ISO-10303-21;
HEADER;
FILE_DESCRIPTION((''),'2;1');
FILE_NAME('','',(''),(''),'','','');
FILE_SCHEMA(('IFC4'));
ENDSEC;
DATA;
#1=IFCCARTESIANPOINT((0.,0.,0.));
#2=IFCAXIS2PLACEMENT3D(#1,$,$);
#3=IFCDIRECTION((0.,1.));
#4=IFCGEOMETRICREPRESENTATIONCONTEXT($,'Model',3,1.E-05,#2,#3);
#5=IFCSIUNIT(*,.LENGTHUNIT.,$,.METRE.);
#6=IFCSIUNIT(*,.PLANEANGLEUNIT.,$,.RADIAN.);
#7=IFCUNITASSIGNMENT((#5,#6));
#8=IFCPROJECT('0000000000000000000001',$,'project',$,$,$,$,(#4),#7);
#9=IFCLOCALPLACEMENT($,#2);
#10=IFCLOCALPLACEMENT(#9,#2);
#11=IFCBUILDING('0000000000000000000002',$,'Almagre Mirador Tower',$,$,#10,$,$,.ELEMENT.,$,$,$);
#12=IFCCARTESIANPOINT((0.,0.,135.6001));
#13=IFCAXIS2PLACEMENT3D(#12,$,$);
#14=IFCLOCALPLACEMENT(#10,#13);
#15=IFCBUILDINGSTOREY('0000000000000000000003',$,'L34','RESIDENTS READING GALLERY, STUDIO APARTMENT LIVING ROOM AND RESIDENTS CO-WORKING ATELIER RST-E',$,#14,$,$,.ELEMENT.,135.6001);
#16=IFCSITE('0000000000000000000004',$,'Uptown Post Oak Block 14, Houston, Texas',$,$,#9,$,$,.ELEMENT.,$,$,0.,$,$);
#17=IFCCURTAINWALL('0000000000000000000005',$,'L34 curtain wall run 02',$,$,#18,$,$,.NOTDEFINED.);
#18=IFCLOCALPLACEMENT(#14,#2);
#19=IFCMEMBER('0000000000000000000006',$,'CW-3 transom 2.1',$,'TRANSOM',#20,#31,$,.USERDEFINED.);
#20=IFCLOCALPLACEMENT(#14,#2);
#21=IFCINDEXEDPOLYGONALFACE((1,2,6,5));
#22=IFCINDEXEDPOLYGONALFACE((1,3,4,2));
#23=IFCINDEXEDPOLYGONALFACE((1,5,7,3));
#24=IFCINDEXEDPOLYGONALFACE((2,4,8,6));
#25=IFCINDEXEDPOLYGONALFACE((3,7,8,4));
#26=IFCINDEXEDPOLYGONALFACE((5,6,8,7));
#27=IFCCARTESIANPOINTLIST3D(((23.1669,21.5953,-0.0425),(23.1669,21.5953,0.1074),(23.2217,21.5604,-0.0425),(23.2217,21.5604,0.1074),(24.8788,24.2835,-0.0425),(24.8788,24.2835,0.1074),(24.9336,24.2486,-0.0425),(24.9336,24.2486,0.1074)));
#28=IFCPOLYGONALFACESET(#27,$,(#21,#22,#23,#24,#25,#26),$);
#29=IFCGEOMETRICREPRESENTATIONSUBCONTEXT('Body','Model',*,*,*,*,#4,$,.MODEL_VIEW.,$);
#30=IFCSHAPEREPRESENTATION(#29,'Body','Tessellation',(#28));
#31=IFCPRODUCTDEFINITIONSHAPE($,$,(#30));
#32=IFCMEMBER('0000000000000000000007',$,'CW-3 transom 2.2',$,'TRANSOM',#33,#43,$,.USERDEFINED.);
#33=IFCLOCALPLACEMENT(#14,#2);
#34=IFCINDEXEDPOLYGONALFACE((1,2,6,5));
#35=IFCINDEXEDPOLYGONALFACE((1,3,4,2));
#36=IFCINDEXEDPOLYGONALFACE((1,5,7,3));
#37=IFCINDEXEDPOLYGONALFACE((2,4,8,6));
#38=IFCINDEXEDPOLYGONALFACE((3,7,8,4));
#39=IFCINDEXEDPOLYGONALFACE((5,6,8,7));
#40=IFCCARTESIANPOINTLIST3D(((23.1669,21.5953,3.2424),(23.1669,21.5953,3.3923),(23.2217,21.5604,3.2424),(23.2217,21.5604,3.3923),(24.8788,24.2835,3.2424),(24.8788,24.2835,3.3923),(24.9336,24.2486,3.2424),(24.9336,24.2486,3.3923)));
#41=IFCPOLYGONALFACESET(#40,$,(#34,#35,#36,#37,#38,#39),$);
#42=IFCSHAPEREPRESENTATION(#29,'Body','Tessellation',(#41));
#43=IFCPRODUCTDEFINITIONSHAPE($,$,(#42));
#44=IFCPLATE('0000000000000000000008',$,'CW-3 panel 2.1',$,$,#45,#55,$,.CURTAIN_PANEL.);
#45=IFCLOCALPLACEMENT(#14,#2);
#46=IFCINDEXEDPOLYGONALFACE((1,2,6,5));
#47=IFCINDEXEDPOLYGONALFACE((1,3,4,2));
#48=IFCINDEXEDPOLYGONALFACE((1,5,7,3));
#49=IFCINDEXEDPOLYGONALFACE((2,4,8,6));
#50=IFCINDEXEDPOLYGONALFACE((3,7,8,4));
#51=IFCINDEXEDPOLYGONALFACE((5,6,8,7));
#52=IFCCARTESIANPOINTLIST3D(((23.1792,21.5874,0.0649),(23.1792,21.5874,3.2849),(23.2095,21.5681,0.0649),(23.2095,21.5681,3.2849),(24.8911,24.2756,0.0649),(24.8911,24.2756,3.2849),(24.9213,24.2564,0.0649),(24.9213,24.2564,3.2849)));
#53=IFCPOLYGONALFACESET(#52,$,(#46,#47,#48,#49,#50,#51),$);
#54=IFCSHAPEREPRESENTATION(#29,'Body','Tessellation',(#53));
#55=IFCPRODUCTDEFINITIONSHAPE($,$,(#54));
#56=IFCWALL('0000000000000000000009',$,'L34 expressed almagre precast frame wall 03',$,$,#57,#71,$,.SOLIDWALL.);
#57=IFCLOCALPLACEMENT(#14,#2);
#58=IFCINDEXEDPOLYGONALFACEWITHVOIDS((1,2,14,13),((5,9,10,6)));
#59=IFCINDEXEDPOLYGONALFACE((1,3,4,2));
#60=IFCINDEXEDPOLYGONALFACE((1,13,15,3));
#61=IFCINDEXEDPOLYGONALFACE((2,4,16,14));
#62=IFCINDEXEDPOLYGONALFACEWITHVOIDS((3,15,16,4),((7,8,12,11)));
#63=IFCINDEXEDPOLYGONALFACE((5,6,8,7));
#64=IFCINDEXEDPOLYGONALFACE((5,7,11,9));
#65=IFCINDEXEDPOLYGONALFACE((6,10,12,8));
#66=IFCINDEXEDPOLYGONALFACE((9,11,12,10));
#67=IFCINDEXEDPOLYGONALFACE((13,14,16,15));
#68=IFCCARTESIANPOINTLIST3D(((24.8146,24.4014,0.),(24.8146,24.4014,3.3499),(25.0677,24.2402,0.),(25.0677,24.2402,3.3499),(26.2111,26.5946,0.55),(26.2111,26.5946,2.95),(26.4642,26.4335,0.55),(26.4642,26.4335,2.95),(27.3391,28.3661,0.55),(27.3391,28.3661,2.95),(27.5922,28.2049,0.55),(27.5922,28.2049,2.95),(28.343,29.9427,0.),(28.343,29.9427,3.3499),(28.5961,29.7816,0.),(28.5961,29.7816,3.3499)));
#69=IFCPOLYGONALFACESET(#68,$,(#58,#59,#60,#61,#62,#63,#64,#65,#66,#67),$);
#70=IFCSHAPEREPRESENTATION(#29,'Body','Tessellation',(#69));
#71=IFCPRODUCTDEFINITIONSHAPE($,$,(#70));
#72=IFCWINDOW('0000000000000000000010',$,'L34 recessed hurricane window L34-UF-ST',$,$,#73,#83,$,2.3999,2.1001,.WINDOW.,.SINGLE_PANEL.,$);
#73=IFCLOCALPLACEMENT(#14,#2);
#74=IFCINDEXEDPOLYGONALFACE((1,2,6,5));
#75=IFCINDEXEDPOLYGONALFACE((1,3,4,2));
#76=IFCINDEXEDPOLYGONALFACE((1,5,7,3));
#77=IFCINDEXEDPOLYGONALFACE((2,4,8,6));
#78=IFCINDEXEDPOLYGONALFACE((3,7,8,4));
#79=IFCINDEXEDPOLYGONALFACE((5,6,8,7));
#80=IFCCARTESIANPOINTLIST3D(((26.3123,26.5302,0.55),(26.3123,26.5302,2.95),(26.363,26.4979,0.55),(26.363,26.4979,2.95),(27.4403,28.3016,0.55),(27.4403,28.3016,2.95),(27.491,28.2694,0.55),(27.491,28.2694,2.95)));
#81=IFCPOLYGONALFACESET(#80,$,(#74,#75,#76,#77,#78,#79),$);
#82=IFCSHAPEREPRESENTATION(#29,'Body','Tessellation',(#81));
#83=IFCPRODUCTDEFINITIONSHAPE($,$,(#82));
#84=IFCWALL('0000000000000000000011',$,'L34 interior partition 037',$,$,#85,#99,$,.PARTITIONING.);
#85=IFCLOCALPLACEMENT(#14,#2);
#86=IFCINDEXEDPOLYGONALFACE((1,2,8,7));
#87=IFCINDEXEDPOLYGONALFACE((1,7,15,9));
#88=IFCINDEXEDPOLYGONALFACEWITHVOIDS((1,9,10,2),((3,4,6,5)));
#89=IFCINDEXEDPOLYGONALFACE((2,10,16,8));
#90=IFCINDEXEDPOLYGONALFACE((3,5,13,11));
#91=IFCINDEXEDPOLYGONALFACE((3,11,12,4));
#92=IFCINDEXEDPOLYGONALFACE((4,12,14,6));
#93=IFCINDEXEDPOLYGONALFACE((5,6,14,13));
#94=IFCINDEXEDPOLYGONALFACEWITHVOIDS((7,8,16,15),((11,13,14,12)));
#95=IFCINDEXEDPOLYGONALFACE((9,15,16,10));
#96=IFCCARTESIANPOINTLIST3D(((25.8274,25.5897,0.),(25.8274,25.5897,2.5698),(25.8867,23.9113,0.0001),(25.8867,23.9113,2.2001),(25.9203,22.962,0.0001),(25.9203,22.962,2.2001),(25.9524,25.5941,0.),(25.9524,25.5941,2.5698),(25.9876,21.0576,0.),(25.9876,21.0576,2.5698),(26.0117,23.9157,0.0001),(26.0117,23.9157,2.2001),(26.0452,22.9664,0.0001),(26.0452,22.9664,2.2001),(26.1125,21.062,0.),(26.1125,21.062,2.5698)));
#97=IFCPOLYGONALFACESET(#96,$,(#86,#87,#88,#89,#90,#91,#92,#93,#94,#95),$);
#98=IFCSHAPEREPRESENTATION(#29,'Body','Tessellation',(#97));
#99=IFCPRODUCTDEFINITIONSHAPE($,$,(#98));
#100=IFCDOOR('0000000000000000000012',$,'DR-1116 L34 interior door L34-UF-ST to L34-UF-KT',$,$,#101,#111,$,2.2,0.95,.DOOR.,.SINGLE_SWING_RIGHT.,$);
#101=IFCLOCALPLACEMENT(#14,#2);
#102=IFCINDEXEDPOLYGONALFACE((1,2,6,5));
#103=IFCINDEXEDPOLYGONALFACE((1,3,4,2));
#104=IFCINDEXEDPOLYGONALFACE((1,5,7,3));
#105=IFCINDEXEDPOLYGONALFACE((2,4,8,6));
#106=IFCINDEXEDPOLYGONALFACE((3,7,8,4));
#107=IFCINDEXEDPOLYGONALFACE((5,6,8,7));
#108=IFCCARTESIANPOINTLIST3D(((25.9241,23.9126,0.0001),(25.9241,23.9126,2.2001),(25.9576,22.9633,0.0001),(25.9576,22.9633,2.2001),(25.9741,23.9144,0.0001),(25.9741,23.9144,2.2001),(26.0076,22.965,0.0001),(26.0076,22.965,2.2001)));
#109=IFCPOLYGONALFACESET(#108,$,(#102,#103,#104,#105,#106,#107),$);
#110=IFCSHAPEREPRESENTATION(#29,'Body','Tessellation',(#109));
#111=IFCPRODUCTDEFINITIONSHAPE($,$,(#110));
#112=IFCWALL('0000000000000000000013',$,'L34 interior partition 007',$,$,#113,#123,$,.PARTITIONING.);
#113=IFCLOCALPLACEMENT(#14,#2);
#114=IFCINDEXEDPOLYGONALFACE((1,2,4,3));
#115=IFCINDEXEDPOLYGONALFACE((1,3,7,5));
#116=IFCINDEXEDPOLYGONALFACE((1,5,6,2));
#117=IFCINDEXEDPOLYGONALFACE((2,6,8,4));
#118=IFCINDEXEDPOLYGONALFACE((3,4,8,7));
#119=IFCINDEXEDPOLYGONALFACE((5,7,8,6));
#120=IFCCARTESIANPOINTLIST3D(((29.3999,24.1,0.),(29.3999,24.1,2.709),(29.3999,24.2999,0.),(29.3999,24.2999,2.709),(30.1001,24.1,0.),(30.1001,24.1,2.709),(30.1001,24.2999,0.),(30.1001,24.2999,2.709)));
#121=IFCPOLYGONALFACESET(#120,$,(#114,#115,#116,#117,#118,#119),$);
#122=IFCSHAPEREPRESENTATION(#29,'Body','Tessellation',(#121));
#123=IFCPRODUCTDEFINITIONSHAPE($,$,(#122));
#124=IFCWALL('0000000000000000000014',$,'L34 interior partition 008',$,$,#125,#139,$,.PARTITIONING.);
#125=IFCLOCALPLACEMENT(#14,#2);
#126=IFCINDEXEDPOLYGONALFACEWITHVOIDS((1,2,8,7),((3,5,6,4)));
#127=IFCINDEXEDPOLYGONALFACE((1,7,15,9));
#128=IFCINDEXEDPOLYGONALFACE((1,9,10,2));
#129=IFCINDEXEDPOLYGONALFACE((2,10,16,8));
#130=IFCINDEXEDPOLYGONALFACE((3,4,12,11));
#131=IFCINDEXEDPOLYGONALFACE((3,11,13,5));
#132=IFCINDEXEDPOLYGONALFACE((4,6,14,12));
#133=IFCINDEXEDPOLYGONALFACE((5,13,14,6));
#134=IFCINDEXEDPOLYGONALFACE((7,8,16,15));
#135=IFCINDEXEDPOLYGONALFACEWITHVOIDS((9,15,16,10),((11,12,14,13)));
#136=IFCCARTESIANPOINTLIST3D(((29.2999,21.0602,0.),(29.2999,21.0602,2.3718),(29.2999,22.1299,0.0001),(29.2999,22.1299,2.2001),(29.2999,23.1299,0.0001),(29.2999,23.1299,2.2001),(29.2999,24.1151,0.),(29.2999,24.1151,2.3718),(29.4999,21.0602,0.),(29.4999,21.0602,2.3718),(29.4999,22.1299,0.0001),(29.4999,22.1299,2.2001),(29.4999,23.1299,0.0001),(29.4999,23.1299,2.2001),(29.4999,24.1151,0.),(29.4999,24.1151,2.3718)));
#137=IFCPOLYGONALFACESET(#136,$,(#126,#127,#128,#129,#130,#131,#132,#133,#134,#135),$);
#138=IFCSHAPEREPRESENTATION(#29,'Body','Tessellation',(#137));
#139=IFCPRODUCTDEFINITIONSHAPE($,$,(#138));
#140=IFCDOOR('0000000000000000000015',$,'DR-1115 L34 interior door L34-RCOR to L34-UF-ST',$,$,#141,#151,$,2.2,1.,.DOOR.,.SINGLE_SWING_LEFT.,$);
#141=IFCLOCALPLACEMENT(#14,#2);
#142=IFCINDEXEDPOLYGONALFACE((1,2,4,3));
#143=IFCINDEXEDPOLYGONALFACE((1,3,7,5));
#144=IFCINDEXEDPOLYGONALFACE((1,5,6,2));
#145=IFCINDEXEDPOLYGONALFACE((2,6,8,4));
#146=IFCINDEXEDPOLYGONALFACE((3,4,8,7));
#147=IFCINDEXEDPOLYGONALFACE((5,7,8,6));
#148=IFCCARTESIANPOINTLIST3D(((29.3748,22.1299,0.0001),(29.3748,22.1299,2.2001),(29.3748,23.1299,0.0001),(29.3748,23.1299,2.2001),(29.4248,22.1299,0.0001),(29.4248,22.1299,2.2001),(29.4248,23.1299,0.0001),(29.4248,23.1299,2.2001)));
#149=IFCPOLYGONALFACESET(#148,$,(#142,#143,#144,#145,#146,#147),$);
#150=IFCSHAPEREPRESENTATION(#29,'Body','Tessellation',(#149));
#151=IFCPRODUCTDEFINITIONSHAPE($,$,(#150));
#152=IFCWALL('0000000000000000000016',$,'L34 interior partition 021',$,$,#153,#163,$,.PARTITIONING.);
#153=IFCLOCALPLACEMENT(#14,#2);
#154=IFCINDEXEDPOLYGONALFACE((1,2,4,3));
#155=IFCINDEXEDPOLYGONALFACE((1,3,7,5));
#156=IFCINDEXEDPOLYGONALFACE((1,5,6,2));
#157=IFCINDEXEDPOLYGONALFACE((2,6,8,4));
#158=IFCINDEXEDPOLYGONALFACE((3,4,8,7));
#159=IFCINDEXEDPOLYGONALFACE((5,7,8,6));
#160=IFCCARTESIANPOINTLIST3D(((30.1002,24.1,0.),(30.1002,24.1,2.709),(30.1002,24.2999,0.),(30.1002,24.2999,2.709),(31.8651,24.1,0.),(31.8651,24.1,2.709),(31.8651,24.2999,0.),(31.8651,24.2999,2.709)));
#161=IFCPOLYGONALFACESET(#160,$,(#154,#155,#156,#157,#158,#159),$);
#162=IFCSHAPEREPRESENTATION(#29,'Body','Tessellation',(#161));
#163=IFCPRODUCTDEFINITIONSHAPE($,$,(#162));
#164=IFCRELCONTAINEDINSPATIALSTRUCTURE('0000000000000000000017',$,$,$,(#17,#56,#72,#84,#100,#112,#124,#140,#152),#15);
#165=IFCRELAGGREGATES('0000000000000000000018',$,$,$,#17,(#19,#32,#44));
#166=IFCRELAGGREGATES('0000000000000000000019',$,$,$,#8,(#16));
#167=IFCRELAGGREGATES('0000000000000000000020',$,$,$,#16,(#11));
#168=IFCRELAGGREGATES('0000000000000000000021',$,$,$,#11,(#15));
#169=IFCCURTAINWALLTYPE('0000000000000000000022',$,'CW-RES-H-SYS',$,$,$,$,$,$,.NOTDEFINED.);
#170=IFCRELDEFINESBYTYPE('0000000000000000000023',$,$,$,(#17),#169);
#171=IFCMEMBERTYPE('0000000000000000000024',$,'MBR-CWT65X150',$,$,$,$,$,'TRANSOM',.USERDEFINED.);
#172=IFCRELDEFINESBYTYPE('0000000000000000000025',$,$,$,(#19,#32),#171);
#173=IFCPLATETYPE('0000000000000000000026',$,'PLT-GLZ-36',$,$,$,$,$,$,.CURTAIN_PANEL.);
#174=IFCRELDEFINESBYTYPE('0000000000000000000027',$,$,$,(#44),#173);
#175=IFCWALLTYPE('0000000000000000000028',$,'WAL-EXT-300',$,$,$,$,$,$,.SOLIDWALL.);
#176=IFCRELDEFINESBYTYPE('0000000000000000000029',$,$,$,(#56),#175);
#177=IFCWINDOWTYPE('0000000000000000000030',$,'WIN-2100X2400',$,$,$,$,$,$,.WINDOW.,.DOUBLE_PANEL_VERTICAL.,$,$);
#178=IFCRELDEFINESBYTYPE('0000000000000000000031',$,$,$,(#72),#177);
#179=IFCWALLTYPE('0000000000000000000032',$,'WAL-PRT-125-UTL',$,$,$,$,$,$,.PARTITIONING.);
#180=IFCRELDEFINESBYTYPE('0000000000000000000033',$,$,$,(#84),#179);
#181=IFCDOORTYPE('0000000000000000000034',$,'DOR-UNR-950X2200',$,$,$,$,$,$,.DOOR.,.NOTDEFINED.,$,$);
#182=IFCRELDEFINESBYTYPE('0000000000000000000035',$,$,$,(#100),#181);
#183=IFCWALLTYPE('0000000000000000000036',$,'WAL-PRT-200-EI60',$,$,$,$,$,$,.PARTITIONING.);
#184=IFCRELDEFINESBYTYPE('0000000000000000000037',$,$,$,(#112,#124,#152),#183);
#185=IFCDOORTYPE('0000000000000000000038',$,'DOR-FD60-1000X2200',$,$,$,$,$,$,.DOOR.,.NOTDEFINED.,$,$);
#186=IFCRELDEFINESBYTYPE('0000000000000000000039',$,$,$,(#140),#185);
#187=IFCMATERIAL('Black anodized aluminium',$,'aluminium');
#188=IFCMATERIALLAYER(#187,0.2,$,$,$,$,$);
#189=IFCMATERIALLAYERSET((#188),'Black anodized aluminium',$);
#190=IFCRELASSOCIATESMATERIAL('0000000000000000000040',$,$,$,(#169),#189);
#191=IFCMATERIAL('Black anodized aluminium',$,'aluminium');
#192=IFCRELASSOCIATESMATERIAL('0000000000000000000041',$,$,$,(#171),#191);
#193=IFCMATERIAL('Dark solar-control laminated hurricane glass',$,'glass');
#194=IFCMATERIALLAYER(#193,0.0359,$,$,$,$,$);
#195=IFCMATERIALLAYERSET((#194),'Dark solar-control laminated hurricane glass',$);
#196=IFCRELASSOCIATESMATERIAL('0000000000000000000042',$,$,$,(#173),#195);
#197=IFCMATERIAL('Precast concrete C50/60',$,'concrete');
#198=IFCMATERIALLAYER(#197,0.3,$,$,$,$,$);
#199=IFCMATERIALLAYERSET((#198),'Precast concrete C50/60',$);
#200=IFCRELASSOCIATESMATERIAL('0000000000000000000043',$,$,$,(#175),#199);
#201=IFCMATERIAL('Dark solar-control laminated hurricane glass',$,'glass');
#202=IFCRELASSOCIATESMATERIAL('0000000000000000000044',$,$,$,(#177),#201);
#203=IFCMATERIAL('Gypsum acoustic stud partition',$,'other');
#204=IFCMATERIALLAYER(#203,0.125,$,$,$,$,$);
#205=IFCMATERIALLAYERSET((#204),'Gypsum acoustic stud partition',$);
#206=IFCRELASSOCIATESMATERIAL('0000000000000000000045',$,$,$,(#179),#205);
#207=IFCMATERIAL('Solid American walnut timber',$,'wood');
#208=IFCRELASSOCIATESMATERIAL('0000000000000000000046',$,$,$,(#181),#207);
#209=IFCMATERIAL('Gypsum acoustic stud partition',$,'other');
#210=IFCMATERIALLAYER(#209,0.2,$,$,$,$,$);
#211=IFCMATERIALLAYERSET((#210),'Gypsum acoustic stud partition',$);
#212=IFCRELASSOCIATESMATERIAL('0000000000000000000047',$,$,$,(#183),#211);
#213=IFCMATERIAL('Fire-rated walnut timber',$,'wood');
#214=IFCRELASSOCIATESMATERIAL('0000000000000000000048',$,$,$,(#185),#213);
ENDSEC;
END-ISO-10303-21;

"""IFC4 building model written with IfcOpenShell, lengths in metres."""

from ifc_helpers import new_model, si_unit, direction, frame, frame_2d, origin, origin_2d, place, context, subcontext, project, spatial, rectangle, extrude, material, layer, layer_set, material_profile, profile_set, type_object, element, fill, aggregate, save


model = new_model("IFC4")

# Units and contexts
model_context = context("Model", 3, precision=1e-05, world=origin(), true_north=direction((0.0, 1.0)))
body_context = subcontext(model_context, "Body", "Model", "MODEL_VIEW")
ifc_project = project(units=[si_unit("LENGTHUNIT", "METRE"), si_unit("PLANEANGLEUNIT", "RADIAN")], contexts=[model_context])

# Site, building, storey
site_placement = place(None, origin())
site = spatial("IfcSite", under=ifc_project, at=site_placement, Name="Uptown Post Oak Block 14, Houston, Texas", CompositionType="ELEMENT", RefElevation=0.0)
building_placement = place(site_placement, origin())
building = spatial("IfcBuilding", under=site, at=building_placement, Name="Almagre Mirador Tower", CompositionType="ELEMENT")
storey_placement = place(building_placement, frame((0.0, 0.0, 135.6001)))
storey = spatial("IfcBuildingStorey", under=building, at=storey_placement, Name="L34", Description="RESIDENTS READING GALLERY, STUDIO APARTMENT LIVING ROOM AND RESIDENTS CO-WORKING ATELIER RST-E", CompositionType="ELEMENT", Elevation=135.6001)

# Curtain wall, members, plate
ifc_material_1 = material(Name="Black anodized aluminium", Category="aluminium")
ifc_layer_1 = layer(ifc_material_1, 0.2)
ifc_layer_set_1 = layer_set([ifc_layer_1], Name="Black anodized aluminium")
curtain_wall_type = type_object("IfcCurtainWallType", Name="CW-RES-H-SYS", PredefinedType="NOTDEFINED", material=ifc_layer_set_1)
curtain_wall_placement = place(storey_placement, origin())
curtain_wall = element("IfcCurtainWall", 1, at=curtain_wall_placement, inside=storey, type_object=curtain_wall_type, Name="L34 curtain wall run 02", PredefinedType="NOTDEFINED")
ifc_material_2 = material(Name="Black anodized aluminium", Category="aluminium")
ifc_material_profile_1 = material_profile(ifc_material_2, rectangle(XDim=0.0649, YDim=0.1499, at=origin_2d()), Name="CWT65X150")
ifc_profile_set_1 = profile_set([ifc_material_profile_1], Name="Black anodized aluminium")
member_type_1 = type_object("IfcMemberType", Name="MBR-CWT65X150", ElementType="TRANSOM", PredefinedType="USERDEFINED", material=ifc_profile_set_1)
member_1_placement = place(storey_placement, frame((23.1943, 21.5779, 0.0325), z_axis=(0.537148, 0.843488, 0.0), x_axis=(-0.843488, 0.537148, 0.0)))
member_1 = element("IfcMember", 2, at=member_1_placement, type_object=member_type_1, Name="CW-3 transom 2.1", ObjectType="TRANSOM", PredefinedType="USERDEFINED", context=body_context, shape_type="SweptSolid", body=[
    extrude(rectangle(XDim=0.0649, YDim=0.1499, at=origin_2d()), origin(), (0.0, 0.0, 1.0), 3.187),
])
member_2_placement = place(storey_placement, frame((23.1943, 21.5779, 3.3174), z_axis=(0.537148, 0.843488, 0.0), x_axis=(-0.843488, 0.537148, 0.0)))
member_2 = element("IfcMember", 3, at=member_2_placement, type_object=member_type_1, Name="CW-3 transom 2.2", ObjectType="TRANSOM", PredefinedType="USERDEFINED", context=body_context, shape_type="SweptSolid", body=[
    extrude(rectangle(XDim=0.0649, YDim=0.1499, at=origin_2d()), origin(), (0.0, 0.0, 1.0), 3.187),
])
ifc_material_3 = material(Name="Dark solar-control laminated hurricane glass", Category="glass")
ifc_layer_2 = layer(ifc_material_3, 0.0359)
ifc_layer_set_2 = layer_set([ifc_layer_2], Name="Dark solar-control laminated hurricane glass")
plate_type = type_object("IfcPlateType", Name="PLT-GLZ-36", PredefinedType="CURTAIN_PANEL", material=ifc_layer_set_2)
plate_placement = place(storey_placement, frame((24.0503, 22.9219, 0.0649), z_axis=(0.0, 0.0, 1.0), x_axis=(0.537126, 0.843502, 0.0)))
plate = element("IfcPlate", 4, at=plate_placement, type_object=plate_type, Name="CW-3 panel 2.1", PredefinedType="CURTAIN_PANEL", context=body_context, shape_type="SweptSolid", body=[
    extrude(rectangle(XDim=3.187, YDim=0.0359, at=origin_2d()), origin(), (0.0, 0.0, 1.0), 3.22),
])
aggregate(curtain_wall, [member_1, member_2, plate])

# Wall, opening, window
ifc_material_4 = material(Name="Precast concrete C50/60", Category="concrete")
ifc_layer_3 = layer(ifc_material_4, 0.3)
ifc_layer_set_3 = layer_set([ifc_layer_3], Name="Precast concrete C50/60")
wall_type_1 = type_object("IfcWallType", Name="WAL-EXT-300", PredefinedType="SOLIDWALL", material=ifc_layer_set_3)
wall_1_placement = place(storey_placement, frame((24.9412, 24.3208, 0.0), z_axis=(0.0, 0.0, 1.0), x_axis=(0.537099, 0.843519, 0.0)))
wall_1 = element("IfcWall", 5, at=wall_1_placement, inside=storey, type_object=wall_type_1, Name="L34 expressed almagre precast frame wall 03", PredefinedType="SOLIDWALL", context=body_context, shape_type="SweptSolid", body=[
    extrude(rectangle(XDim=6.5693, YDim=0.3, at=frame_2d((3.2847, 0.0))), origin(), (0.0, 0.0, 1.0), 3.3499),
])
opening_1_placement = place(wall_1_placement, frame((2.6001, 0.0, 0.55)))
opening_1 = element("IfcOpeningElement", 6, at=opening_1_placement, cuts=wall_1, PredefinedType="OPENING", context=body_context, shape_type="SweptSolid", body=[
    extrude(rectangle(XDim=2.1001, YDim=2.3999, at=frame_2d((1.05, 1.2))), frame((0.0, 0.1599, 0.0), z_axis=(0.0, -1.0, 0.0), x_axis=(1.0, 0.0, 0.0)), (0.0, 0.0, 1.0), 0.32),
])
ifc_material_5 = material(Name="Dark solar-control laminated hurricane glass", Category="glass")
window_type = type_object("IfcWindowType", Name="WIN-2100X2400", PartitioningType="DOUBLE_PANEL_VERTICAL", PredefinedType="WINDOW", material=ifc_material_5)
window_placement = place(opening_1_placement, origin())
window = element("IfcWindow", 7, at=window_placement, inside=storey, type_object=window_type, Name="L34 recessed hurricane window L34-UF-ST", OverallHeight=2.3999, OverallWidth=2.1001, PartitioningType="SINGLE_PANEL", PredefinedType="WINDOW", context=body_context, shape_type="SweptSolid", body=[
    extrude(rectangle(XDim=2.1001, YDim=2.3999, at=frame_2d((1.05, 1.2))), frame((0.0, 0.03, 0.0), z_axis=(0.0, -1.0, 0.0), x_axis=(1.0, 0.0, 0.0)), (0.0, 0.0, 1.0), 0.0601),
])
fill(opening_1, window)

# Wall, opening, door
ifc_material_6 = material(Name="Gypsum acoustic stud partition", Category="other")
ifc_layer_4 = layer(ifc_material_6, 0.125)
ifc_layer_set_4 = layer_set([ifc_layer_4], Name="Gypsum acoustic stud partition")
wall_type_2 = type_object("IfcWallType", Name="WAL-PRT-125-UTL", PredefinedType="PARTITIONING", material=ifc_layer_set_4)
wall_2_placement = place(storey_placement, frame((25.8899, 25.592, 0.0), z_axis=(0.0, 0.0, 1.0), x_axis=(0.035317, -0.999376, 0.0)))
wall_2 = element("IfcWall", 8, at=wall_2_placement, inside=storey, type_object=wall_type_2, Name="L34 interior partition 037", PredefinedType="PARTITIONING", context=body_context, shape_type="SweptSolid", body=[
    extrude(rectangle(XDim=4.5349, YDim=0.125, at=frame_2d((2.2676, 0.0))), origin(), (0.0, 0.0, 1.0), 2.5698),
])
opening_2_placement = place(wall_2_placement, frame((1.6794, 0.0, 0.0)))
opening_2 = element("IfcOpeningElement", 9, at=opening_2_placement, cuts=wall_2, PredefinedType="OPENING", context=body_context, shape_type="SweptSolid", body=[
    extrude(rectangle(XDim=0.95, YDim=2.2, at=frame_2d((0.4751, 1.1001))), frame((0.0, 0.0725, 0.0), z_axis=(0.0, -1.0, 0.0), x_axis=(1.0, 0.0, 0.0)), (0.0, 0.0, 1.0), 0.145),
])
ifc_material_7 = material(Name="Solid American walnut timber", Category="wood")
door_type_1 = type_object("IfcDoorType", Name="DOR-UNR-950X2200", OperationType="NOTDEFINED", PredefinedType="DOOR", material=ifc_material_7)
door_1_placement = place(opening_2_placement, origin())
door_1 = element("IfcDoor", 10, at=door_1_placement, inside=storey, type_object=door_type_1, Name="DR-1116 L34 interior door L34-UF-ST to L34-UF-KT", OperationType="SINGLE_SWING_RIGHT", OverallHeight=2.2, OverallWidth=0.95, PredefinedType="DOOR", context=body_context, shape_type="SweptSolid", body=[
    extrude(rectangle(XDim=0.95, YDim=2.2, at=frame_2d((0.4751, 1.1001))), frame((0.0, 0.0249, 0.0), z_axis=(0.0, -1.0, 0.0), x_axis=(1.0, 0.0, 0.0)), (0.0, 0.0, 1.0), 0.05),
])
fill(opening_2, door_1)

# Wall
ifc_material_8 = material(Name="Gypsum acoustic stud partition", Category="other")
ifc_layer_5 = layer(ifc_material_8, 0.2)
ifc_layer_set_5 = layer_set([ifc_layer_5], Name="Gypsum acoustic stud partition")
wall_type_3 = type_object("IfcWallType", Name="WAL-PRT-200-EI60", PredefinedType="PARTITIONING", material=ifc_layer_set_5)
wall_3_placement = place(storey_placement, frame((30.1001, 24.2, 0.0), z_axis=(0.0, 0.0, 1.0), x_axis=(-1.0, 0.0, 0.0)))
element("IfcWall", 11, at=wall_3_placement, inside=storey, type_object=wall_type_3, Name="L34 interior partition 007", PredefinedType="PARTITIONING", context=body_context, shape_type="SweptSolid", body=[
    extrude(rectangle(XDim=0.7002, YDim=0.2, at=frame_2d((0.3501, 0.0))), origin(), (0.0, 0.0, 1.0), 2.709),
])

# Wall, opening, door
wall_4_placement = place(storey_placement, frame((29.3999, 24.115, 0.0), z_axis=(0.0, 0.0, 1.0), x_axis=(0.0, -1.0, 0.0)))
wall_4 = element("IfcWall", 12, at=wall_4_placement, inside=storey, type_object=wall_type_3, Name="L34 interior partition 008", PredefinedType="PARTITIONING", context=body_context, shape_type="SweptSolid", body=[
    extrude(rectangle(XDim=3.0549, YDim=0.2, at=frame_2d((1.5273, 0.0))), origin(), (0.0, 0.0, 1.0), 2.3718),
])
opening_3_placement = place(wall_4_placement, frame((0.9851, 0.0, 0.0)))
opening_3 = element("IfcOpeningElement", 13, at=opening_3_placement, cuts=wall_4, PredefinedType="OPENING", context=body_context, shape_type="SweptSolid", body=[
    extrude(rectangle(XDim=1.0, YDim=2.2, at=frame_2d((0.5, 1.1001))), frame((0.0, 0.1101, 0.0), z_axis=(0.0, -1.0, 0.0), x_axis=(1.0, 0.0, 0.0)), (0.0, 0.0, 1.0), 0.22),
])
ifc_material_9 = material(Name="Fire-rated walnut timber", Category="wood")
door_type_2 = type_object("IfcDoorType", Name="DOR-FD60-1000X2200", OperationType="NOTDEFINED", PredefinedType="DOOR", material=ifc_material_9)
door_2_placement = place(opening_3_placement, origin())
door_2 = element("IfcDoor", 14, at=door_2_placement, inside=storey, type_object=door_type_2, Name="DR-1115 L34 interior door L34-RCOR to L34-UF-ST", OperationType="SINGLE_SWING_LEFT", OverallHeight=2.2, OverallWidth=1.0, PredefinedType="DOOR", context=body_context, shape_type="SweptSolid", body=[
    extrude(rectangle(XDim=1.0, YDim=2.2, at=frame_2d((0.5, 1.1001))), frame((0.0, 0.0249, 0.0), z_axis=(0.0, -1.0, 0.0), x_axis=(1.0, 0.0, 0.0)), (0.0, 0.0, 1.0), 0.05),
])
fill(opening_3, door_2)

# Wall
wall_5_placement = place(storey_placement, frame((31.865, 24.2, 0.0), z_axis=(0.0, 0.0, 1.0), x_axis=(-1.0, 0.0, 0.0)))
element("IfcWall", 15, at=wall_5_placement, inside=storey, type_object=wall_type_3, Name="L34 interior partition 021", PredefinedType="PARTITIONING", context=body_context, shape_type="SweptSolid", body=[
    extrude(rectangle(XDim=1.7649, YDim=0.2, at=frame_2d((0.8823, 0.0))), origin(), (0.0, 0.0, 1.0), 2.709),
])

save(model, "model.ifc")
